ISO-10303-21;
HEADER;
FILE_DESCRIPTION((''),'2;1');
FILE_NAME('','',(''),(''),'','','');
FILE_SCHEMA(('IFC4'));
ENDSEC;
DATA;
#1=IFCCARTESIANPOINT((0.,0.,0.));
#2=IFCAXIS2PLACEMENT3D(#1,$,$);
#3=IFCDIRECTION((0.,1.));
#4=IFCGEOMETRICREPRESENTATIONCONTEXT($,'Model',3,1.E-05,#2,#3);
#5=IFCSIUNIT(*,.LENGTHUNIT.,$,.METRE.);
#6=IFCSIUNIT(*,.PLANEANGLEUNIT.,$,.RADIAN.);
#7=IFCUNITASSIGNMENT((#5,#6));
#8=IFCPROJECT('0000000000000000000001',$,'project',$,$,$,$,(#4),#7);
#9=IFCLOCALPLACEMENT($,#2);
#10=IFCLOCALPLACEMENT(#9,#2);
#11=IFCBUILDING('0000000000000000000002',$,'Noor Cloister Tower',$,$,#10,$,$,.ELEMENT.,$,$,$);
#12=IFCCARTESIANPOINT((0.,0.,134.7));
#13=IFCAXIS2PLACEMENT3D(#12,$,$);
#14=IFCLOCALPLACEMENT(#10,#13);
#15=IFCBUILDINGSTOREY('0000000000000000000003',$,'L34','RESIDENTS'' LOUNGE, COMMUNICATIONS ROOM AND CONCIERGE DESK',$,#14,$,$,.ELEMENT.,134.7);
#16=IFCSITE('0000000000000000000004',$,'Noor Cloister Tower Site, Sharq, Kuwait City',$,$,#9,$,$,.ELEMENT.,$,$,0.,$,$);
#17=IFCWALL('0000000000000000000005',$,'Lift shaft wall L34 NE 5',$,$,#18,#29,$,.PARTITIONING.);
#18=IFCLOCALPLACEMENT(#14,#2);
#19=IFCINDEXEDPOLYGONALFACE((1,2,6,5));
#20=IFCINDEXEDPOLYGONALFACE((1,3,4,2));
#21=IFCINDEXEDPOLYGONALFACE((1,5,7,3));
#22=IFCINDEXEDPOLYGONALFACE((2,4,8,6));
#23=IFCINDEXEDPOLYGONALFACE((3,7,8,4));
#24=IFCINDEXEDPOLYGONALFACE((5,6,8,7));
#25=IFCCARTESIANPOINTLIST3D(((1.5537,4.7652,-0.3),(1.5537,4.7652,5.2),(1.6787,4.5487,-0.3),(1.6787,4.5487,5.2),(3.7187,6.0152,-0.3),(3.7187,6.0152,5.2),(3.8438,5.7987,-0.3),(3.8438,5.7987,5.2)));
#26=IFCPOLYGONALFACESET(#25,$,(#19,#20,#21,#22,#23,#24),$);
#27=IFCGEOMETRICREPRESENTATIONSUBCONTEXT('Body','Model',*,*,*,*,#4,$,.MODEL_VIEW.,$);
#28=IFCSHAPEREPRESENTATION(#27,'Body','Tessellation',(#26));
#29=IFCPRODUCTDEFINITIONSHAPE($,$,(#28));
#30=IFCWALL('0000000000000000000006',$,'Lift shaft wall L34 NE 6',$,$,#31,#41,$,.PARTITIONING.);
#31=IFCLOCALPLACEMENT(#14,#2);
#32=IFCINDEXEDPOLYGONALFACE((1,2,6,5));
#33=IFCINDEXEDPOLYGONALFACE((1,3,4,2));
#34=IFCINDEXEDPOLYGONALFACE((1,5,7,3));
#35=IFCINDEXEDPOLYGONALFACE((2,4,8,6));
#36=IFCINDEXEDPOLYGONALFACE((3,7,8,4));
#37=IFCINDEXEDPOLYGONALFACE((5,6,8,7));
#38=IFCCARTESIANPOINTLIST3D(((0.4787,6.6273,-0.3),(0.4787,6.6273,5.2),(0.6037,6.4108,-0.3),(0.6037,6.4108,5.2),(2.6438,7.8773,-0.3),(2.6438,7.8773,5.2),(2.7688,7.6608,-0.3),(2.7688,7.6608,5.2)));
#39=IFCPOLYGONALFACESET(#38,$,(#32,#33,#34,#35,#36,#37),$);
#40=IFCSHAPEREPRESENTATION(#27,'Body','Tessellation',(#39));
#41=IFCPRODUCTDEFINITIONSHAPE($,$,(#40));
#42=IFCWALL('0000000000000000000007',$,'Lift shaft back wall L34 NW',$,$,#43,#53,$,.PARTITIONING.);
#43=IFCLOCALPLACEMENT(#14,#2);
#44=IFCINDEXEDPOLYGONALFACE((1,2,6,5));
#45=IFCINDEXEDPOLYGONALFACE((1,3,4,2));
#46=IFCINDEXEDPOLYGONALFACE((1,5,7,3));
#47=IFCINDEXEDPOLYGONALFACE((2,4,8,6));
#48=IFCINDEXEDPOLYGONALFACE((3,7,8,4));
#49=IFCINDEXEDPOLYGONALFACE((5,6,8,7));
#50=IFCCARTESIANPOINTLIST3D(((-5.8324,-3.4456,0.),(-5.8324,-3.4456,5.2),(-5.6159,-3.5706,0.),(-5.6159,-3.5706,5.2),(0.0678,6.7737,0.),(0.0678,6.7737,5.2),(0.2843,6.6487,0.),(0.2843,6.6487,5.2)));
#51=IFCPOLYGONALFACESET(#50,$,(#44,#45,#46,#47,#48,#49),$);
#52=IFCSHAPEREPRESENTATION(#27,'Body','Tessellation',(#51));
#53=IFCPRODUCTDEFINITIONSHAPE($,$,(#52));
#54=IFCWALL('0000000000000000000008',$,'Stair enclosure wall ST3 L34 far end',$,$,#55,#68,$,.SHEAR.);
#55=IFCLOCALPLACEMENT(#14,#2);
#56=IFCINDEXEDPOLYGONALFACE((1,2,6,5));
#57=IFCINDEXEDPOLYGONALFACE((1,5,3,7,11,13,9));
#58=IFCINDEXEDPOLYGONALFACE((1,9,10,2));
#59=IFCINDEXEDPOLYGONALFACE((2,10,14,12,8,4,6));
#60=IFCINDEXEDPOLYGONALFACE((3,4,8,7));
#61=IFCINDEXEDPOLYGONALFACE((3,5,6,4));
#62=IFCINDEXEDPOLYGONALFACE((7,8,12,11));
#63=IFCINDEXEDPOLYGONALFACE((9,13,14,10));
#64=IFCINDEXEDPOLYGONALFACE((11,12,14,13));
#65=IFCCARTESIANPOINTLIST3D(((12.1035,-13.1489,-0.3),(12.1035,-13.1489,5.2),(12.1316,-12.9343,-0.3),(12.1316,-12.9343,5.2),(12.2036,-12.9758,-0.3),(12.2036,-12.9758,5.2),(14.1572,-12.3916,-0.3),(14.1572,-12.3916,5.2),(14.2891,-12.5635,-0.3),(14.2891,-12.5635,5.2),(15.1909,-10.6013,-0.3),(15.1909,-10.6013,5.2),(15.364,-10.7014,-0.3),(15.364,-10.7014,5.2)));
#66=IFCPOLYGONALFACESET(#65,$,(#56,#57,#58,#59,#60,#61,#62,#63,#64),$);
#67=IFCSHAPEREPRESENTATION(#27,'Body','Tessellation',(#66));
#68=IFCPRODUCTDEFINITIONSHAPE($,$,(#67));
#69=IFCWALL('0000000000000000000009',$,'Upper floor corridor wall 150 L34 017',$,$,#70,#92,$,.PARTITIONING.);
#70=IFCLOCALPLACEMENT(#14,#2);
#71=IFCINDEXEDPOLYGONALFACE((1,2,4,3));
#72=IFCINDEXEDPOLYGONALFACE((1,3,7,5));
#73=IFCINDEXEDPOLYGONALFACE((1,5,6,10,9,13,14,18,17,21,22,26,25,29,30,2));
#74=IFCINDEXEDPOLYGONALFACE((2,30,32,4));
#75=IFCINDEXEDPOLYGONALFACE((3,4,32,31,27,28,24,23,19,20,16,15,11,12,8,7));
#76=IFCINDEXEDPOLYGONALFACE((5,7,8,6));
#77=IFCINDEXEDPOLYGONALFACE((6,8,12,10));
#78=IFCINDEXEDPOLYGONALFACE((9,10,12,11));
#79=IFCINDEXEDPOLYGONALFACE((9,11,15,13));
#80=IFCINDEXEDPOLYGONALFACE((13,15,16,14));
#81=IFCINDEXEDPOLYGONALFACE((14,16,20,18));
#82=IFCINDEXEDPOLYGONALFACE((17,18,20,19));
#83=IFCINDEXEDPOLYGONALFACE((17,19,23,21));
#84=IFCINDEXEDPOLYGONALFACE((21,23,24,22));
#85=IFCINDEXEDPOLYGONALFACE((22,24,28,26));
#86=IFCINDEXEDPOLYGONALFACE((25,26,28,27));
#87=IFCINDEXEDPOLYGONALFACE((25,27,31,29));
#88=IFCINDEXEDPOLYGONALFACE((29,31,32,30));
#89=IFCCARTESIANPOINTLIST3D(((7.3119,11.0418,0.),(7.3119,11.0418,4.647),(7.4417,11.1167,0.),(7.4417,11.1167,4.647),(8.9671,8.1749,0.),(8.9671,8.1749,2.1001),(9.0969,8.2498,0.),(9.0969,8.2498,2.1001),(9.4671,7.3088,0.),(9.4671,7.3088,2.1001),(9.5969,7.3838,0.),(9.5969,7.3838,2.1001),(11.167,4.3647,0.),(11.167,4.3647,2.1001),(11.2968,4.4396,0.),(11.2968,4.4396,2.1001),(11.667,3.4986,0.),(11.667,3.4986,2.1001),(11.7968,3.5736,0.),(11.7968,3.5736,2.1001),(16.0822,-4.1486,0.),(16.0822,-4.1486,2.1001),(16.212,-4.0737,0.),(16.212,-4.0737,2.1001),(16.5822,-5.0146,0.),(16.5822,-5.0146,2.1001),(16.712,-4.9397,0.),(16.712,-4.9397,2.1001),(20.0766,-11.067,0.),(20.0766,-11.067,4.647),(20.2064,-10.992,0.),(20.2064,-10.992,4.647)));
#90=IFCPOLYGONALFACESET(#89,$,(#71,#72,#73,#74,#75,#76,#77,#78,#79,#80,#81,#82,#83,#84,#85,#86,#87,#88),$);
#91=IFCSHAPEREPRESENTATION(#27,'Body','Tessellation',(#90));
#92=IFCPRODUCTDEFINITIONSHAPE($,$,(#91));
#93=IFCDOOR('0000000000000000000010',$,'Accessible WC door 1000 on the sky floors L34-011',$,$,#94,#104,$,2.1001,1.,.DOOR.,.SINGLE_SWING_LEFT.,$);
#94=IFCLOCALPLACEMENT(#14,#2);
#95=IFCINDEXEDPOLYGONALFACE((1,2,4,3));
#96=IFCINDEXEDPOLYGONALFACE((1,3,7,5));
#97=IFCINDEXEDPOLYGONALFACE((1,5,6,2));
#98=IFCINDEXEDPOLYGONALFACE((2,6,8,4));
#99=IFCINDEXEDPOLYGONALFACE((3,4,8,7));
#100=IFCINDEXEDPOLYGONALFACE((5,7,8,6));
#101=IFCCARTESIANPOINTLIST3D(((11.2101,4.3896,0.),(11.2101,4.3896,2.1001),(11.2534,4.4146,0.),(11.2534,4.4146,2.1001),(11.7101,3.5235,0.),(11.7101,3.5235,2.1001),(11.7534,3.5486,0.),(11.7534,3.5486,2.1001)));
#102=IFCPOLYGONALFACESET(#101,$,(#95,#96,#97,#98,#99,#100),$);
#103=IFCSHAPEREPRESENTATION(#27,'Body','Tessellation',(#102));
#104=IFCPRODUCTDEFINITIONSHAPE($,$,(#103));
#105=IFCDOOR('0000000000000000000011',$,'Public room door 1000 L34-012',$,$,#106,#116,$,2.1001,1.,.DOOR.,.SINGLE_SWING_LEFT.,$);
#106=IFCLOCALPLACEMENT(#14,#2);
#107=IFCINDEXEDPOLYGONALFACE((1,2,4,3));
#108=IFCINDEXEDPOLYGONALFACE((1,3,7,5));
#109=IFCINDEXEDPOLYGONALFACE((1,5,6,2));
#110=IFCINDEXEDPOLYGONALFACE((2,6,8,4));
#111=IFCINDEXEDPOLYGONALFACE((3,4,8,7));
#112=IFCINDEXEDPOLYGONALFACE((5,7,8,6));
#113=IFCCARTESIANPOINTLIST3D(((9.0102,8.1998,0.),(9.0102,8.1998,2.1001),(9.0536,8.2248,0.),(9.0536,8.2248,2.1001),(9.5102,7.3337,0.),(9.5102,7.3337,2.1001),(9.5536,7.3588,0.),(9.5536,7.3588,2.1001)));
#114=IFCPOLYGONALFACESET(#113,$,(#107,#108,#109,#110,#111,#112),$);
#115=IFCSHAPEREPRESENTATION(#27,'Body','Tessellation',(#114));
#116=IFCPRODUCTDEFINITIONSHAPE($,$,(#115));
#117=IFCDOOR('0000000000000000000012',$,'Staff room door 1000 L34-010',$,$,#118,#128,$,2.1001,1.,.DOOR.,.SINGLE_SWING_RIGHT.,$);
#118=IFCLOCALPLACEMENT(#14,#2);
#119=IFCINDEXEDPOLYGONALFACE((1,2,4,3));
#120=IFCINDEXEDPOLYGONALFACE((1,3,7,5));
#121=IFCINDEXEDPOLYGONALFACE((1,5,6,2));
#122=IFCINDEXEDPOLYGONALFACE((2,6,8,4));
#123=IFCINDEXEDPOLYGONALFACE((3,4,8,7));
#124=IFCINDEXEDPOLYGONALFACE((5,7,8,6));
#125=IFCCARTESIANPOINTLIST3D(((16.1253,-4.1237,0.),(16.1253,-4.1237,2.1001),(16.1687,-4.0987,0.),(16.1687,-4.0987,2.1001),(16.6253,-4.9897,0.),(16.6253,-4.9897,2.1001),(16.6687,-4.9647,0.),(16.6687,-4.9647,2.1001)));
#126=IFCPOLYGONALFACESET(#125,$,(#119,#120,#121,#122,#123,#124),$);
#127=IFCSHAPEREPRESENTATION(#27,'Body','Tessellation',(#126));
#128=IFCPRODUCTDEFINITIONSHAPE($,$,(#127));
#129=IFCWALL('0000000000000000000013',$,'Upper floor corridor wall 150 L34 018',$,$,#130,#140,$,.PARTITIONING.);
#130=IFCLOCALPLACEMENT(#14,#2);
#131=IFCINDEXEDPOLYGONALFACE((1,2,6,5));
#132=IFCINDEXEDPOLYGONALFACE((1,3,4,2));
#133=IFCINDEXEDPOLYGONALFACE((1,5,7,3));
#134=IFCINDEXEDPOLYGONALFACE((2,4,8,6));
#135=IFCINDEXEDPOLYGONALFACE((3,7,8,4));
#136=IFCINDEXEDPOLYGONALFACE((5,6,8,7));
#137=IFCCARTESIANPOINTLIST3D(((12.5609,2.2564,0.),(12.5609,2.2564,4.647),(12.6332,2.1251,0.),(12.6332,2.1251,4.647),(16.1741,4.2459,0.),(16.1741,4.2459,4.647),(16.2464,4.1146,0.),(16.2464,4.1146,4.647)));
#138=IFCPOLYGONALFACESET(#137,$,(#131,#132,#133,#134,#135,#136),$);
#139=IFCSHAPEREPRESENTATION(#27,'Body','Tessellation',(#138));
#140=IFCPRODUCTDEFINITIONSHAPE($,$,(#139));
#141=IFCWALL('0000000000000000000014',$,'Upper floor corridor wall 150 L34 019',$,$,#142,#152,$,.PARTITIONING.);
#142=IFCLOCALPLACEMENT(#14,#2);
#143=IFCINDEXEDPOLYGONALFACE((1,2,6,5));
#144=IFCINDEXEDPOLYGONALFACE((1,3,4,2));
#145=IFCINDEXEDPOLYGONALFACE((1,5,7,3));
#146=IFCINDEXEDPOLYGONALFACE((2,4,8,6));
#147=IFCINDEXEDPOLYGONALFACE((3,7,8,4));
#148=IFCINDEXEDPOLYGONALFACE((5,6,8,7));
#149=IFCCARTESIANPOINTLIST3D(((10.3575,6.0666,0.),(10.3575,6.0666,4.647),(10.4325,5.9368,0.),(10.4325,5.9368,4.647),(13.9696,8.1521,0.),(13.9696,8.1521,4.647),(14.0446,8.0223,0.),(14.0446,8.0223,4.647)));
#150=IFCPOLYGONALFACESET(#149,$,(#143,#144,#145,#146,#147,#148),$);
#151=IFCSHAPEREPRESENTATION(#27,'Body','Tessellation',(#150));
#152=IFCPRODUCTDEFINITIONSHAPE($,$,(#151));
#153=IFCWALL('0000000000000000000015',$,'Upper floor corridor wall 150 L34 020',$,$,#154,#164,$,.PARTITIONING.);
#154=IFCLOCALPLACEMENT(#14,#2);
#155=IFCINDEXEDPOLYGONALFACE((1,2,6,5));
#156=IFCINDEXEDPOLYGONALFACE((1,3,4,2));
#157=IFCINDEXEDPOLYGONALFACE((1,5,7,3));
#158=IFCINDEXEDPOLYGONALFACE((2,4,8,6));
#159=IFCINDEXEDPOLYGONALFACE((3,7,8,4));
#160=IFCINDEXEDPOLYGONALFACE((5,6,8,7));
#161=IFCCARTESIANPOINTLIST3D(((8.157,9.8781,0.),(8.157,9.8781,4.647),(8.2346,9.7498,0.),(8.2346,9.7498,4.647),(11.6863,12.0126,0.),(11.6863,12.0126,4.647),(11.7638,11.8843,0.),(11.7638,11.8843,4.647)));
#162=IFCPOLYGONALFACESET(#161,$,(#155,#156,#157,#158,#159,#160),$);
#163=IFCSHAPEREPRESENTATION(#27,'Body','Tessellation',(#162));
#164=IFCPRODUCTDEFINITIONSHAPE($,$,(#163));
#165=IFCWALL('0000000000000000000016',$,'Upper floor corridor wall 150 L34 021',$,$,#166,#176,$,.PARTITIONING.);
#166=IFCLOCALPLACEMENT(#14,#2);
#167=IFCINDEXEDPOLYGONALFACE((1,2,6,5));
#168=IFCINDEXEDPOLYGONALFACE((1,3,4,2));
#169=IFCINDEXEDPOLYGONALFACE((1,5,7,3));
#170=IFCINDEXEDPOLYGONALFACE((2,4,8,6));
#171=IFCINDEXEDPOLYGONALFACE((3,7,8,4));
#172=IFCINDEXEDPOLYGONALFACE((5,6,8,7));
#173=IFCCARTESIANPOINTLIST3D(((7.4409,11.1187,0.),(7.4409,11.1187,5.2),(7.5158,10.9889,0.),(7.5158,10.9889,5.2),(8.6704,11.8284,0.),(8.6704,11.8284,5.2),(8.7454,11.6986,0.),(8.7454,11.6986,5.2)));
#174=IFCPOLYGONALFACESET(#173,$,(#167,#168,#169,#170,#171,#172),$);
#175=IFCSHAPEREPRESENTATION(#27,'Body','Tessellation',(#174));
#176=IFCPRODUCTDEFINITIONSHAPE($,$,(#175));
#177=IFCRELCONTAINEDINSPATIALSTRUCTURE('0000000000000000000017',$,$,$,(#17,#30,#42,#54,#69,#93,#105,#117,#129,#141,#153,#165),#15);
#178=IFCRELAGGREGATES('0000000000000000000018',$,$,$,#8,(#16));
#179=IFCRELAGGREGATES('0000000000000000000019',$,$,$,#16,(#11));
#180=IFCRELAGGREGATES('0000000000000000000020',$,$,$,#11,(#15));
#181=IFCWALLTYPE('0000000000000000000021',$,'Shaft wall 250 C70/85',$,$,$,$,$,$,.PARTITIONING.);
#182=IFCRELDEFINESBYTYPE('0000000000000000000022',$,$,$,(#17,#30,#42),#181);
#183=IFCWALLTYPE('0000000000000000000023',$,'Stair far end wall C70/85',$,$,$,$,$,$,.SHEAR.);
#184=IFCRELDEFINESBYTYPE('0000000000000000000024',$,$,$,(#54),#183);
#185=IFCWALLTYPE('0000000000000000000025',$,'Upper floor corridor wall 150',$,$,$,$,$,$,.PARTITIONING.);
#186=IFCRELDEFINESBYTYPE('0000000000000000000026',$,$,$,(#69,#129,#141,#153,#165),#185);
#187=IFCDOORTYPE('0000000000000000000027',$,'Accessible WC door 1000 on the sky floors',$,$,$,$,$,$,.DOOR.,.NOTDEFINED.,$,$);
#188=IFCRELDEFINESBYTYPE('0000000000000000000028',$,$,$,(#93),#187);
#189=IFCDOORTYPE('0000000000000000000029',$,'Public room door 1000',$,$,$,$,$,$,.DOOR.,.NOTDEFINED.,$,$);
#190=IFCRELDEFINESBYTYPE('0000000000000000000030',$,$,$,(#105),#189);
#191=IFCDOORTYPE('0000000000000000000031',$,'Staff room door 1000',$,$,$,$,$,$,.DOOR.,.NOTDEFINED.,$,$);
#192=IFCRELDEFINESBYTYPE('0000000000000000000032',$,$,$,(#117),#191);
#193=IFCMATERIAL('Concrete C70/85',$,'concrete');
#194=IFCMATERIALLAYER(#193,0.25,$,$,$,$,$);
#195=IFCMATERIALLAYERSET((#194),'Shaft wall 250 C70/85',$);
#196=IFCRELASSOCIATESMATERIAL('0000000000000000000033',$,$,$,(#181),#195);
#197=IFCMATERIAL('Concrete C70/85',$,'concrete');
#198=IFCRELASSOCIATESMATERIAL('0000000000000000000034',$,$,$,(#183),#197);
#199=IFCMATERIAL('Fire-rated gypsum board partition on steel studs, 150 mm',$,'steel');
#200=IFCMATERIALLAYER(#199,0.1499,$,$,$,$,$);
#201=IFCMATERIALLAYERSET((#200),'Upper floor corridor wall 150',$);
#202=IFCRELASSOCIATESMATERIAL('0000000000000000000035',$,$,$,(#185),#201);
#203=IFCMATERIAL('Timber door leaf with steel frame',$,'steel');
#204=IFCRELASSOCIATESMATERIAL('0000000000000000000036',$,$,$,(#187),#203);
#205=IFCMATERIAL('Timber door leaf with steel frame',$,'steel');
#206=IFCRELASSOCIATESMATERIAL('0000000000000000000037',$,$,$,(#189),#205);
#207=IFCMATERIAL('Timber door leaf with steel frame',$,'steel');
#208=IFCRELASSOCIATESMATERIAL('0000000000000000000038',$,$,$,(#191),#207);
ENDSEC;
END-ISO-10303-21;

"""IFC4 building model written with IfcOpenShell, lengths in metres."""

from ifc_helpers import new_model, si_unit, direction, frame, frame_2d, origin, place, context, subcontext, project, spatial, polyline, rectangle, outline, extrude, material, layer, layer_set, type_object, element, fill, save


model = new_model("IFC4")

# Units and contexts
model_context = context("Model", 3, precision=1e-05, world=origin(), true_north=direction((0.0, 1.0)))
body_context = subcontext(model_context, "Body", "Model", "MODEL_VIEW")
ifc_project = project(units=[si_unit("LENGTHUNIT", "METRE"), si_unit("PLANEANGLEUNIT", "RADIAN")], contexts=[model_context])

# Site, building, storey
site_placement = place(None, origin())
site = spatial("IfcSite", under=ifc_project, at=site_placement, Name="Noor Cloister Tower Site, Sharq, Kuwait City", CompositionType="ELEMENT", RefElevation=0.0)
building_placement = place(site_placement, origin())
building = spatial("IfcBuilding", under=site, at=building_placement, Name="Noor Cloister Tower", CompositionType="ELEMENT")
storey_placement = place(building_placement, frame((0.0, 0.0, 134.7)))
storey = spatial("IfcBuildingStorey", under=building, at=storey_placement, Name="L34", Description="RESIDENTS' LOUNGE, COMMUNICATIONS ROOM AND CONCIERGE DESK", CompositionType="ELEMENT", Elevation=134.7)

# Walls
ifc_material_1 = material(Name="Concrete C70/85", Category="concrete")
ifc_layer_1 = layer(ifc_material_1, 0.25)
ifc_layer_set_1 = layer_set([ifc_layer_1], Name="Shaft wall 250 C70/85")
wall_type_1 = type_object("IfcWallType", Name="Shaft wall 250 C70/85", PredefinedType="PARTITIONING", material=ifc_layer_set_1)
for number, where, z_axis, x_axis, name in (
    (1, (3.7812, 5.907, -0.3), (0.0, 0.0, 1.0), (-0.866023, -0.500004, 0.0), "Lift shaft wall L34 NE 5"),
    (2, (2.7063, 7.769, -0.3), (0.0, 0.0, 1.0), (-0.866023, -0.500004, 0.0), "Lift shaft wall L34 NE 6"),
):
    element("IfcWall", number, at=place(storey_placement, frame(where, z_axis=z_axis, x_axis=x_axis)), inside=storey, type_object=wall_type_1, Name=name, PredefinedType="PARTITIONING", context=body_context, shape_type="SweptSolid", body=[
        extrude(rectangle(XDim=2.5, YDim=0.25, at=frame_2d((1.25, 0.0))), origin(), (0.0, 0.0, 1.0), 5.5),
    ])
wall_1_placement = place(storey_placement, frame((0.176, 6.7112, 0.0), z_axis=(0.0, 0.0, 1.0), x_axis=(-0.500004, -0.866023, 0.0)))
element("IfcWall", 3, at=wall_1_placement, inside=storey, type_object=wall_type_1, Name="Lift shaft back wall L34 NW", PredefinedType="PARTITIONING", context=body_context, shape_type="SweptSolid", body=[
    extrude(rectangle(XDim=11.8003, YDim=0.25, at=frame_2d((5.9001, 0.0))), origin(), (0.0, 0.0, 1.0), 5.2),
])
ifc_material_2 = material(Name="Concrete C70/85", Category="concrete")
wall_type_2 = type_object("IfcWallType", Name="Stair far end wall C70/85", PredefinedType="SHEAR", material=ifc_material_2)
wall_2_placement = place(storey_placement, frame((0.0, 0.0, -0.3)))
element("IfcWall", 4, at=wall_2_placement, inside=storey, type_object=wall_type_2, Name="Stair enclosure wall ST3 L34 far end", PredefinedType="SHEAR", context=body_context, shape_type="SweptSolid", body=[
    extrude(outline(polyline([(12.1035, -13.1489), (14.2891, -12.5635), (15.364, -10.7014), (15.1909, -10.6013), (14.1572, -12.3916), (12.1316, -12.9343), (12.2036, -12.9758), (12.2036, -12.9758), (12.2036, -12.9758), (12.2036, -12.9758), (12.2036, -12.9758), (12.2036, -12.9758), (12.2036, -12.9758), (12.2036, -12.9758), (12.2036, -12.9758), (12.2036, -12.9758), (12.2036, -12.9758), (12.2036, -12.9758), (12.2036, -12.9758), (12.2036, -12.9758), (12.2036, -12.9758), (12.2036, -12.9758), (12.2036, -12.9758), (12.1035, -13.1489)])), origin(), (0.0, 0.0, 1.0), 5.5),
])

# Wall, openings, doors
ifc_material_3 = material(Name="Fire-rated gypsum board partition on steel studs, 150 mm", Category="steel")
ifc_layer_2 = layer(ifc_material_3, 0.1499)
ifc_layer_set_2 = layer_set([ifc_layer_2], Name="Upper floor corridor wall 150")
wall_type_3 = type_object("IfcWallType", Name="Upper floor corridor wall 150", PredefinedType="PARTITIONING", material=ifc_layer_set_2)
wall_3_placement = place(storey_placement, frame((7.3767, 11.0793, 0.0), z_axis=(0.0, 0.0, 1.0), x_axis=(0.500006, -0.866022, 0.0)))
wall_3 = element("IfcWall", 5, at=wall_3_placement, inside=storey, type_object=wall_type_3, Name="Upper floor corridor wall 150 L34 017", PredefinedType="PARTITIONING", context=body_context, shape_type="SweptSolid", body=[
    extrude(rectangle(XDim=25.5291, YDim=0.1499, at=frame_2d((12.7646, 0.0))), origin(), (0.0, 0.0, 1.0), 4.647),
])
opening_1_placement = place(wall_3_placement, frame((17.5405, 0.0, 0.0)))
opening_1 = element("IfcOpeningElement", 6, at=opening_1_placement, cuts=wall_3, PredefinedType="OPENING", context=body_context, shape_type="SweptSolid", body=[
    extrude(rectangle(XDim=1.0, YDim=2.1001, at=frame_2d((0.5, 1.05))), frame((0.0, 0.085, 0.0), z_axis=(0.0, -1.0, 0.0), x_axis=(1.0, 0.0, 0.0)), (0.0, 0.0, 1.0), 0.1699),
])
opening_2_placement = place(wall_3_placement, frame((7.7102, 0.0, 0.0)))
opening_2 = element("IfcOpeningElement", 7, at=opening_2_placement, cuts=wall_3, PredefinedType="OPENING", context=body_context, shape_type="SweptSolid", body=[
    extrude(rectangle(XDim=1.0, YDim=2.1001, at=frame_2d((0.5, 1.05))), frame((0.0, 0.085, 0.0), z_axis=(0.0, -1.0, 0.0), x_axis=(1.0, 0.0, 0.0)), (0.0, 0.0, 1.0), 0.1699),
])
opening_3_placement = place(wall_3_placement, frame((3.3105, 0.0, 0.0)))
opening_3 = element("IfcOpeningElement", 8, at=opening_3_placement, cuts=wall_3, PredefinedType="OPENING", context=body_context, shape_type="SweptSolid", body=[
    extrude(rectangle(XDim=1.0, YDim=2.1001, at=frame_2d((0.5, 1.05))), frame((0.0, 0.085, 0.0), z_axis=(0.0, -1.0, 0.0), x_axis=(1.0, 0.0, 0.0)), (0.0, 0.0, 1.0), 0.1699),
])
ifc_material_4 = material(Name="Timber door leaf with steel frame", Category="steel")
door_type_1 = type_object("IfcDoorType", Name="Accessible WC door 1000 on the sky floors", OperationType="NOTDEFINED", PredefinedType="DOOR", material=ifc_material_4)
door_1_placement = place(opening_2_placement, origin())
door_1 = element("IfcDoor", 9, at=door_1_placement, inside=storey, type_object=door_type_1, Name="Accessible WC door 1000 on the sky floors L34-011", OperationType="SINGLE_SWING_LEFT", OverallHeight=2.1001, OverallWidth=1.0, PredefinedType="DOOR", context=body_context, shape_type="SweptSolid", body=[
    extrude(rectangle(XDim=1.0, YDim=2.1001, at=frame_2d((0.5, 1.05))), frame((0.0, 0.0249, 0.0), z_axis=(0.0, -1.0, 0.0), x_axis=(1.0, 0.0, 0.0)), (0.0, 0.0, 1.0), 0.05),
])
fill(opening_2, door_1)
ifc_material_5 = material(Name="Timber door leaf with steel frame", Category="steel")
door_type_2 = type_object("IfcDoorType", Name="Public room door 1000", OperationType="NOTDEFINED", PredefinedType="DOOR", material=ifc_material_5)
door_2_placement = place(opening_3_placement, origin())
door_2 = element("IfcDoor", 10, at=door_2_placement, inside=storey, type_object=door_type_2, Name="Public room door 1000 L34-012", OperationType="SINGLE_SWING_LEFT", OverallHeight=2.1001, OverallWidth=1.0, PredefinedType="DOOR", context=body_context, shape_type="SweptSolid", body=[
    extrude(rectangle(XDim=1.0, YDim=2.1001, at=frame_2d((0.5, 1.05))), frame((0.0, 0.0249, 0.0), z_axis=(0.0, -1.0, 0.0), x_axis=(1.0, 0.0, 0.0)), (0.0, 0.0, 1.0), 0.05),
])
fill(opening_3, door_2)
ifc_material_6 = material(Name="Timber door leaf with steel frame", Category="steel")
door_type_3 = type_object("IfcDoorType", Name="Staff room door 1000", OperationType="NOTDEFINED", PredefinedType="DOOR", material=ifc_material_6)
door_3_placement = place(opening_1_placement, origin())
door_3 = element("IfcDoor", 11, at=door_3_placement, inside=storey, type_object=door_type_3, Name="Staff room door 1000 L34-010", OperationType="SINGLE_SWING_RIGHT", OverallHeight=2.1001, OverallWidth=1.0, PredefinedType="DOOR", context=body_context, shape_type="SweptSolid", body=[
    extrude(rectangle(XDim=1.0, YDim=2.1001, at=frame_2d((0.5, 1.05))), frame((0.0, 0.0249, 0.0), z_axis=(0.0, -1.0, 0.0), x_axis=(1.0, 0.0, 0.0)), (0.0, 0.0, 1.0), 0.05),
])
fill(opening_1, door_3)

# Walls
wall_4_placement = place(storey_placement, frame((12.5969, 2.1907, 0.0), z_axis=(0.0, 0.0, 1.0), x_axis=(0.875991, 0.482328, 0.0)))
element("IfcWall", 12, at=wall_4_placement, inside=storey, type_object=wall_type_3, Name="Upper floor corridor wall 150 L34 018", PredefinedType="PARTITIONING", context=body_context, shape_type="SweptSolid", body=[
    extrude(rectangle(XDim=4.1248, YDim=0.1499, at=frame_2d((2.0625, 0.0))), origin(), (0.0, 0.0, 1.0), 4.647),
])
wall_5_placement = place(storey_placement, frame((10.395, 6.0017, 0.0), z_axis=(0.0, 0.0, 1.0), x_axis=(0.866023, 0.500005, 0.0)))
element("IfcWall", 13, at=wall_5_placement, inside=storey, type_object=wall_type_3, Name="Upper floor corridor wall 150 L34 019", PredefinedType="PARTITIONING", context=body_context, shape_type="SweptSolid", body=[
    extrude(rectangle(XDim=4.1709, YDim=0.1499, at=frame_2d((2.0854, 0.0))), origin(), (0.0, 0.0, 1.0), 4.647),
])
wall_6_placement = place(storey_placement, frame((8.1958, 9.814, 0.0), z_axis=(0.0, 0.0, 1.0), x_axis=(0.855675, 0.517513, 0.0)))
element("IfcWall", 14, at=wall_6_placement, inside=storey, type_object=wall_type_3, Name="Upper floor corridor wall 150 L34 020", PredefinedType="PARTITIONING", context=body_context, shape_type="SweptSolid", body=[
    extrude(rectangle(XDim=4.1245, YDim=0.1499, at=frame_2d((2.0623, 0.0))), origin(), (0.0, 0.0, 1.0), 4.647),
])
wall_7_placement = place(storey_placement, frame((7.4783, 11.0537, 0.0), z_axis=(0.0, 0.0, 1.0), x_axis=(0.866065, 0.499931, 0.0)))
element("IfcWall", 15, at=wall_7_placement, inside=storey, type_object=wall_type_3, Name="Upper floor corridor wall 150 L34 021", PredefinedType="PARTITIONING", context=body_context, shape_type="SweptSolid", body=[
    extrude(rectangle(XDim=1.4197, YDim=0.1499, at=frame_2d((0.71, 0.0))), origin(), (0.0, 0.0, 1.0), 5.2),
])

save(model, "model.ifc")
